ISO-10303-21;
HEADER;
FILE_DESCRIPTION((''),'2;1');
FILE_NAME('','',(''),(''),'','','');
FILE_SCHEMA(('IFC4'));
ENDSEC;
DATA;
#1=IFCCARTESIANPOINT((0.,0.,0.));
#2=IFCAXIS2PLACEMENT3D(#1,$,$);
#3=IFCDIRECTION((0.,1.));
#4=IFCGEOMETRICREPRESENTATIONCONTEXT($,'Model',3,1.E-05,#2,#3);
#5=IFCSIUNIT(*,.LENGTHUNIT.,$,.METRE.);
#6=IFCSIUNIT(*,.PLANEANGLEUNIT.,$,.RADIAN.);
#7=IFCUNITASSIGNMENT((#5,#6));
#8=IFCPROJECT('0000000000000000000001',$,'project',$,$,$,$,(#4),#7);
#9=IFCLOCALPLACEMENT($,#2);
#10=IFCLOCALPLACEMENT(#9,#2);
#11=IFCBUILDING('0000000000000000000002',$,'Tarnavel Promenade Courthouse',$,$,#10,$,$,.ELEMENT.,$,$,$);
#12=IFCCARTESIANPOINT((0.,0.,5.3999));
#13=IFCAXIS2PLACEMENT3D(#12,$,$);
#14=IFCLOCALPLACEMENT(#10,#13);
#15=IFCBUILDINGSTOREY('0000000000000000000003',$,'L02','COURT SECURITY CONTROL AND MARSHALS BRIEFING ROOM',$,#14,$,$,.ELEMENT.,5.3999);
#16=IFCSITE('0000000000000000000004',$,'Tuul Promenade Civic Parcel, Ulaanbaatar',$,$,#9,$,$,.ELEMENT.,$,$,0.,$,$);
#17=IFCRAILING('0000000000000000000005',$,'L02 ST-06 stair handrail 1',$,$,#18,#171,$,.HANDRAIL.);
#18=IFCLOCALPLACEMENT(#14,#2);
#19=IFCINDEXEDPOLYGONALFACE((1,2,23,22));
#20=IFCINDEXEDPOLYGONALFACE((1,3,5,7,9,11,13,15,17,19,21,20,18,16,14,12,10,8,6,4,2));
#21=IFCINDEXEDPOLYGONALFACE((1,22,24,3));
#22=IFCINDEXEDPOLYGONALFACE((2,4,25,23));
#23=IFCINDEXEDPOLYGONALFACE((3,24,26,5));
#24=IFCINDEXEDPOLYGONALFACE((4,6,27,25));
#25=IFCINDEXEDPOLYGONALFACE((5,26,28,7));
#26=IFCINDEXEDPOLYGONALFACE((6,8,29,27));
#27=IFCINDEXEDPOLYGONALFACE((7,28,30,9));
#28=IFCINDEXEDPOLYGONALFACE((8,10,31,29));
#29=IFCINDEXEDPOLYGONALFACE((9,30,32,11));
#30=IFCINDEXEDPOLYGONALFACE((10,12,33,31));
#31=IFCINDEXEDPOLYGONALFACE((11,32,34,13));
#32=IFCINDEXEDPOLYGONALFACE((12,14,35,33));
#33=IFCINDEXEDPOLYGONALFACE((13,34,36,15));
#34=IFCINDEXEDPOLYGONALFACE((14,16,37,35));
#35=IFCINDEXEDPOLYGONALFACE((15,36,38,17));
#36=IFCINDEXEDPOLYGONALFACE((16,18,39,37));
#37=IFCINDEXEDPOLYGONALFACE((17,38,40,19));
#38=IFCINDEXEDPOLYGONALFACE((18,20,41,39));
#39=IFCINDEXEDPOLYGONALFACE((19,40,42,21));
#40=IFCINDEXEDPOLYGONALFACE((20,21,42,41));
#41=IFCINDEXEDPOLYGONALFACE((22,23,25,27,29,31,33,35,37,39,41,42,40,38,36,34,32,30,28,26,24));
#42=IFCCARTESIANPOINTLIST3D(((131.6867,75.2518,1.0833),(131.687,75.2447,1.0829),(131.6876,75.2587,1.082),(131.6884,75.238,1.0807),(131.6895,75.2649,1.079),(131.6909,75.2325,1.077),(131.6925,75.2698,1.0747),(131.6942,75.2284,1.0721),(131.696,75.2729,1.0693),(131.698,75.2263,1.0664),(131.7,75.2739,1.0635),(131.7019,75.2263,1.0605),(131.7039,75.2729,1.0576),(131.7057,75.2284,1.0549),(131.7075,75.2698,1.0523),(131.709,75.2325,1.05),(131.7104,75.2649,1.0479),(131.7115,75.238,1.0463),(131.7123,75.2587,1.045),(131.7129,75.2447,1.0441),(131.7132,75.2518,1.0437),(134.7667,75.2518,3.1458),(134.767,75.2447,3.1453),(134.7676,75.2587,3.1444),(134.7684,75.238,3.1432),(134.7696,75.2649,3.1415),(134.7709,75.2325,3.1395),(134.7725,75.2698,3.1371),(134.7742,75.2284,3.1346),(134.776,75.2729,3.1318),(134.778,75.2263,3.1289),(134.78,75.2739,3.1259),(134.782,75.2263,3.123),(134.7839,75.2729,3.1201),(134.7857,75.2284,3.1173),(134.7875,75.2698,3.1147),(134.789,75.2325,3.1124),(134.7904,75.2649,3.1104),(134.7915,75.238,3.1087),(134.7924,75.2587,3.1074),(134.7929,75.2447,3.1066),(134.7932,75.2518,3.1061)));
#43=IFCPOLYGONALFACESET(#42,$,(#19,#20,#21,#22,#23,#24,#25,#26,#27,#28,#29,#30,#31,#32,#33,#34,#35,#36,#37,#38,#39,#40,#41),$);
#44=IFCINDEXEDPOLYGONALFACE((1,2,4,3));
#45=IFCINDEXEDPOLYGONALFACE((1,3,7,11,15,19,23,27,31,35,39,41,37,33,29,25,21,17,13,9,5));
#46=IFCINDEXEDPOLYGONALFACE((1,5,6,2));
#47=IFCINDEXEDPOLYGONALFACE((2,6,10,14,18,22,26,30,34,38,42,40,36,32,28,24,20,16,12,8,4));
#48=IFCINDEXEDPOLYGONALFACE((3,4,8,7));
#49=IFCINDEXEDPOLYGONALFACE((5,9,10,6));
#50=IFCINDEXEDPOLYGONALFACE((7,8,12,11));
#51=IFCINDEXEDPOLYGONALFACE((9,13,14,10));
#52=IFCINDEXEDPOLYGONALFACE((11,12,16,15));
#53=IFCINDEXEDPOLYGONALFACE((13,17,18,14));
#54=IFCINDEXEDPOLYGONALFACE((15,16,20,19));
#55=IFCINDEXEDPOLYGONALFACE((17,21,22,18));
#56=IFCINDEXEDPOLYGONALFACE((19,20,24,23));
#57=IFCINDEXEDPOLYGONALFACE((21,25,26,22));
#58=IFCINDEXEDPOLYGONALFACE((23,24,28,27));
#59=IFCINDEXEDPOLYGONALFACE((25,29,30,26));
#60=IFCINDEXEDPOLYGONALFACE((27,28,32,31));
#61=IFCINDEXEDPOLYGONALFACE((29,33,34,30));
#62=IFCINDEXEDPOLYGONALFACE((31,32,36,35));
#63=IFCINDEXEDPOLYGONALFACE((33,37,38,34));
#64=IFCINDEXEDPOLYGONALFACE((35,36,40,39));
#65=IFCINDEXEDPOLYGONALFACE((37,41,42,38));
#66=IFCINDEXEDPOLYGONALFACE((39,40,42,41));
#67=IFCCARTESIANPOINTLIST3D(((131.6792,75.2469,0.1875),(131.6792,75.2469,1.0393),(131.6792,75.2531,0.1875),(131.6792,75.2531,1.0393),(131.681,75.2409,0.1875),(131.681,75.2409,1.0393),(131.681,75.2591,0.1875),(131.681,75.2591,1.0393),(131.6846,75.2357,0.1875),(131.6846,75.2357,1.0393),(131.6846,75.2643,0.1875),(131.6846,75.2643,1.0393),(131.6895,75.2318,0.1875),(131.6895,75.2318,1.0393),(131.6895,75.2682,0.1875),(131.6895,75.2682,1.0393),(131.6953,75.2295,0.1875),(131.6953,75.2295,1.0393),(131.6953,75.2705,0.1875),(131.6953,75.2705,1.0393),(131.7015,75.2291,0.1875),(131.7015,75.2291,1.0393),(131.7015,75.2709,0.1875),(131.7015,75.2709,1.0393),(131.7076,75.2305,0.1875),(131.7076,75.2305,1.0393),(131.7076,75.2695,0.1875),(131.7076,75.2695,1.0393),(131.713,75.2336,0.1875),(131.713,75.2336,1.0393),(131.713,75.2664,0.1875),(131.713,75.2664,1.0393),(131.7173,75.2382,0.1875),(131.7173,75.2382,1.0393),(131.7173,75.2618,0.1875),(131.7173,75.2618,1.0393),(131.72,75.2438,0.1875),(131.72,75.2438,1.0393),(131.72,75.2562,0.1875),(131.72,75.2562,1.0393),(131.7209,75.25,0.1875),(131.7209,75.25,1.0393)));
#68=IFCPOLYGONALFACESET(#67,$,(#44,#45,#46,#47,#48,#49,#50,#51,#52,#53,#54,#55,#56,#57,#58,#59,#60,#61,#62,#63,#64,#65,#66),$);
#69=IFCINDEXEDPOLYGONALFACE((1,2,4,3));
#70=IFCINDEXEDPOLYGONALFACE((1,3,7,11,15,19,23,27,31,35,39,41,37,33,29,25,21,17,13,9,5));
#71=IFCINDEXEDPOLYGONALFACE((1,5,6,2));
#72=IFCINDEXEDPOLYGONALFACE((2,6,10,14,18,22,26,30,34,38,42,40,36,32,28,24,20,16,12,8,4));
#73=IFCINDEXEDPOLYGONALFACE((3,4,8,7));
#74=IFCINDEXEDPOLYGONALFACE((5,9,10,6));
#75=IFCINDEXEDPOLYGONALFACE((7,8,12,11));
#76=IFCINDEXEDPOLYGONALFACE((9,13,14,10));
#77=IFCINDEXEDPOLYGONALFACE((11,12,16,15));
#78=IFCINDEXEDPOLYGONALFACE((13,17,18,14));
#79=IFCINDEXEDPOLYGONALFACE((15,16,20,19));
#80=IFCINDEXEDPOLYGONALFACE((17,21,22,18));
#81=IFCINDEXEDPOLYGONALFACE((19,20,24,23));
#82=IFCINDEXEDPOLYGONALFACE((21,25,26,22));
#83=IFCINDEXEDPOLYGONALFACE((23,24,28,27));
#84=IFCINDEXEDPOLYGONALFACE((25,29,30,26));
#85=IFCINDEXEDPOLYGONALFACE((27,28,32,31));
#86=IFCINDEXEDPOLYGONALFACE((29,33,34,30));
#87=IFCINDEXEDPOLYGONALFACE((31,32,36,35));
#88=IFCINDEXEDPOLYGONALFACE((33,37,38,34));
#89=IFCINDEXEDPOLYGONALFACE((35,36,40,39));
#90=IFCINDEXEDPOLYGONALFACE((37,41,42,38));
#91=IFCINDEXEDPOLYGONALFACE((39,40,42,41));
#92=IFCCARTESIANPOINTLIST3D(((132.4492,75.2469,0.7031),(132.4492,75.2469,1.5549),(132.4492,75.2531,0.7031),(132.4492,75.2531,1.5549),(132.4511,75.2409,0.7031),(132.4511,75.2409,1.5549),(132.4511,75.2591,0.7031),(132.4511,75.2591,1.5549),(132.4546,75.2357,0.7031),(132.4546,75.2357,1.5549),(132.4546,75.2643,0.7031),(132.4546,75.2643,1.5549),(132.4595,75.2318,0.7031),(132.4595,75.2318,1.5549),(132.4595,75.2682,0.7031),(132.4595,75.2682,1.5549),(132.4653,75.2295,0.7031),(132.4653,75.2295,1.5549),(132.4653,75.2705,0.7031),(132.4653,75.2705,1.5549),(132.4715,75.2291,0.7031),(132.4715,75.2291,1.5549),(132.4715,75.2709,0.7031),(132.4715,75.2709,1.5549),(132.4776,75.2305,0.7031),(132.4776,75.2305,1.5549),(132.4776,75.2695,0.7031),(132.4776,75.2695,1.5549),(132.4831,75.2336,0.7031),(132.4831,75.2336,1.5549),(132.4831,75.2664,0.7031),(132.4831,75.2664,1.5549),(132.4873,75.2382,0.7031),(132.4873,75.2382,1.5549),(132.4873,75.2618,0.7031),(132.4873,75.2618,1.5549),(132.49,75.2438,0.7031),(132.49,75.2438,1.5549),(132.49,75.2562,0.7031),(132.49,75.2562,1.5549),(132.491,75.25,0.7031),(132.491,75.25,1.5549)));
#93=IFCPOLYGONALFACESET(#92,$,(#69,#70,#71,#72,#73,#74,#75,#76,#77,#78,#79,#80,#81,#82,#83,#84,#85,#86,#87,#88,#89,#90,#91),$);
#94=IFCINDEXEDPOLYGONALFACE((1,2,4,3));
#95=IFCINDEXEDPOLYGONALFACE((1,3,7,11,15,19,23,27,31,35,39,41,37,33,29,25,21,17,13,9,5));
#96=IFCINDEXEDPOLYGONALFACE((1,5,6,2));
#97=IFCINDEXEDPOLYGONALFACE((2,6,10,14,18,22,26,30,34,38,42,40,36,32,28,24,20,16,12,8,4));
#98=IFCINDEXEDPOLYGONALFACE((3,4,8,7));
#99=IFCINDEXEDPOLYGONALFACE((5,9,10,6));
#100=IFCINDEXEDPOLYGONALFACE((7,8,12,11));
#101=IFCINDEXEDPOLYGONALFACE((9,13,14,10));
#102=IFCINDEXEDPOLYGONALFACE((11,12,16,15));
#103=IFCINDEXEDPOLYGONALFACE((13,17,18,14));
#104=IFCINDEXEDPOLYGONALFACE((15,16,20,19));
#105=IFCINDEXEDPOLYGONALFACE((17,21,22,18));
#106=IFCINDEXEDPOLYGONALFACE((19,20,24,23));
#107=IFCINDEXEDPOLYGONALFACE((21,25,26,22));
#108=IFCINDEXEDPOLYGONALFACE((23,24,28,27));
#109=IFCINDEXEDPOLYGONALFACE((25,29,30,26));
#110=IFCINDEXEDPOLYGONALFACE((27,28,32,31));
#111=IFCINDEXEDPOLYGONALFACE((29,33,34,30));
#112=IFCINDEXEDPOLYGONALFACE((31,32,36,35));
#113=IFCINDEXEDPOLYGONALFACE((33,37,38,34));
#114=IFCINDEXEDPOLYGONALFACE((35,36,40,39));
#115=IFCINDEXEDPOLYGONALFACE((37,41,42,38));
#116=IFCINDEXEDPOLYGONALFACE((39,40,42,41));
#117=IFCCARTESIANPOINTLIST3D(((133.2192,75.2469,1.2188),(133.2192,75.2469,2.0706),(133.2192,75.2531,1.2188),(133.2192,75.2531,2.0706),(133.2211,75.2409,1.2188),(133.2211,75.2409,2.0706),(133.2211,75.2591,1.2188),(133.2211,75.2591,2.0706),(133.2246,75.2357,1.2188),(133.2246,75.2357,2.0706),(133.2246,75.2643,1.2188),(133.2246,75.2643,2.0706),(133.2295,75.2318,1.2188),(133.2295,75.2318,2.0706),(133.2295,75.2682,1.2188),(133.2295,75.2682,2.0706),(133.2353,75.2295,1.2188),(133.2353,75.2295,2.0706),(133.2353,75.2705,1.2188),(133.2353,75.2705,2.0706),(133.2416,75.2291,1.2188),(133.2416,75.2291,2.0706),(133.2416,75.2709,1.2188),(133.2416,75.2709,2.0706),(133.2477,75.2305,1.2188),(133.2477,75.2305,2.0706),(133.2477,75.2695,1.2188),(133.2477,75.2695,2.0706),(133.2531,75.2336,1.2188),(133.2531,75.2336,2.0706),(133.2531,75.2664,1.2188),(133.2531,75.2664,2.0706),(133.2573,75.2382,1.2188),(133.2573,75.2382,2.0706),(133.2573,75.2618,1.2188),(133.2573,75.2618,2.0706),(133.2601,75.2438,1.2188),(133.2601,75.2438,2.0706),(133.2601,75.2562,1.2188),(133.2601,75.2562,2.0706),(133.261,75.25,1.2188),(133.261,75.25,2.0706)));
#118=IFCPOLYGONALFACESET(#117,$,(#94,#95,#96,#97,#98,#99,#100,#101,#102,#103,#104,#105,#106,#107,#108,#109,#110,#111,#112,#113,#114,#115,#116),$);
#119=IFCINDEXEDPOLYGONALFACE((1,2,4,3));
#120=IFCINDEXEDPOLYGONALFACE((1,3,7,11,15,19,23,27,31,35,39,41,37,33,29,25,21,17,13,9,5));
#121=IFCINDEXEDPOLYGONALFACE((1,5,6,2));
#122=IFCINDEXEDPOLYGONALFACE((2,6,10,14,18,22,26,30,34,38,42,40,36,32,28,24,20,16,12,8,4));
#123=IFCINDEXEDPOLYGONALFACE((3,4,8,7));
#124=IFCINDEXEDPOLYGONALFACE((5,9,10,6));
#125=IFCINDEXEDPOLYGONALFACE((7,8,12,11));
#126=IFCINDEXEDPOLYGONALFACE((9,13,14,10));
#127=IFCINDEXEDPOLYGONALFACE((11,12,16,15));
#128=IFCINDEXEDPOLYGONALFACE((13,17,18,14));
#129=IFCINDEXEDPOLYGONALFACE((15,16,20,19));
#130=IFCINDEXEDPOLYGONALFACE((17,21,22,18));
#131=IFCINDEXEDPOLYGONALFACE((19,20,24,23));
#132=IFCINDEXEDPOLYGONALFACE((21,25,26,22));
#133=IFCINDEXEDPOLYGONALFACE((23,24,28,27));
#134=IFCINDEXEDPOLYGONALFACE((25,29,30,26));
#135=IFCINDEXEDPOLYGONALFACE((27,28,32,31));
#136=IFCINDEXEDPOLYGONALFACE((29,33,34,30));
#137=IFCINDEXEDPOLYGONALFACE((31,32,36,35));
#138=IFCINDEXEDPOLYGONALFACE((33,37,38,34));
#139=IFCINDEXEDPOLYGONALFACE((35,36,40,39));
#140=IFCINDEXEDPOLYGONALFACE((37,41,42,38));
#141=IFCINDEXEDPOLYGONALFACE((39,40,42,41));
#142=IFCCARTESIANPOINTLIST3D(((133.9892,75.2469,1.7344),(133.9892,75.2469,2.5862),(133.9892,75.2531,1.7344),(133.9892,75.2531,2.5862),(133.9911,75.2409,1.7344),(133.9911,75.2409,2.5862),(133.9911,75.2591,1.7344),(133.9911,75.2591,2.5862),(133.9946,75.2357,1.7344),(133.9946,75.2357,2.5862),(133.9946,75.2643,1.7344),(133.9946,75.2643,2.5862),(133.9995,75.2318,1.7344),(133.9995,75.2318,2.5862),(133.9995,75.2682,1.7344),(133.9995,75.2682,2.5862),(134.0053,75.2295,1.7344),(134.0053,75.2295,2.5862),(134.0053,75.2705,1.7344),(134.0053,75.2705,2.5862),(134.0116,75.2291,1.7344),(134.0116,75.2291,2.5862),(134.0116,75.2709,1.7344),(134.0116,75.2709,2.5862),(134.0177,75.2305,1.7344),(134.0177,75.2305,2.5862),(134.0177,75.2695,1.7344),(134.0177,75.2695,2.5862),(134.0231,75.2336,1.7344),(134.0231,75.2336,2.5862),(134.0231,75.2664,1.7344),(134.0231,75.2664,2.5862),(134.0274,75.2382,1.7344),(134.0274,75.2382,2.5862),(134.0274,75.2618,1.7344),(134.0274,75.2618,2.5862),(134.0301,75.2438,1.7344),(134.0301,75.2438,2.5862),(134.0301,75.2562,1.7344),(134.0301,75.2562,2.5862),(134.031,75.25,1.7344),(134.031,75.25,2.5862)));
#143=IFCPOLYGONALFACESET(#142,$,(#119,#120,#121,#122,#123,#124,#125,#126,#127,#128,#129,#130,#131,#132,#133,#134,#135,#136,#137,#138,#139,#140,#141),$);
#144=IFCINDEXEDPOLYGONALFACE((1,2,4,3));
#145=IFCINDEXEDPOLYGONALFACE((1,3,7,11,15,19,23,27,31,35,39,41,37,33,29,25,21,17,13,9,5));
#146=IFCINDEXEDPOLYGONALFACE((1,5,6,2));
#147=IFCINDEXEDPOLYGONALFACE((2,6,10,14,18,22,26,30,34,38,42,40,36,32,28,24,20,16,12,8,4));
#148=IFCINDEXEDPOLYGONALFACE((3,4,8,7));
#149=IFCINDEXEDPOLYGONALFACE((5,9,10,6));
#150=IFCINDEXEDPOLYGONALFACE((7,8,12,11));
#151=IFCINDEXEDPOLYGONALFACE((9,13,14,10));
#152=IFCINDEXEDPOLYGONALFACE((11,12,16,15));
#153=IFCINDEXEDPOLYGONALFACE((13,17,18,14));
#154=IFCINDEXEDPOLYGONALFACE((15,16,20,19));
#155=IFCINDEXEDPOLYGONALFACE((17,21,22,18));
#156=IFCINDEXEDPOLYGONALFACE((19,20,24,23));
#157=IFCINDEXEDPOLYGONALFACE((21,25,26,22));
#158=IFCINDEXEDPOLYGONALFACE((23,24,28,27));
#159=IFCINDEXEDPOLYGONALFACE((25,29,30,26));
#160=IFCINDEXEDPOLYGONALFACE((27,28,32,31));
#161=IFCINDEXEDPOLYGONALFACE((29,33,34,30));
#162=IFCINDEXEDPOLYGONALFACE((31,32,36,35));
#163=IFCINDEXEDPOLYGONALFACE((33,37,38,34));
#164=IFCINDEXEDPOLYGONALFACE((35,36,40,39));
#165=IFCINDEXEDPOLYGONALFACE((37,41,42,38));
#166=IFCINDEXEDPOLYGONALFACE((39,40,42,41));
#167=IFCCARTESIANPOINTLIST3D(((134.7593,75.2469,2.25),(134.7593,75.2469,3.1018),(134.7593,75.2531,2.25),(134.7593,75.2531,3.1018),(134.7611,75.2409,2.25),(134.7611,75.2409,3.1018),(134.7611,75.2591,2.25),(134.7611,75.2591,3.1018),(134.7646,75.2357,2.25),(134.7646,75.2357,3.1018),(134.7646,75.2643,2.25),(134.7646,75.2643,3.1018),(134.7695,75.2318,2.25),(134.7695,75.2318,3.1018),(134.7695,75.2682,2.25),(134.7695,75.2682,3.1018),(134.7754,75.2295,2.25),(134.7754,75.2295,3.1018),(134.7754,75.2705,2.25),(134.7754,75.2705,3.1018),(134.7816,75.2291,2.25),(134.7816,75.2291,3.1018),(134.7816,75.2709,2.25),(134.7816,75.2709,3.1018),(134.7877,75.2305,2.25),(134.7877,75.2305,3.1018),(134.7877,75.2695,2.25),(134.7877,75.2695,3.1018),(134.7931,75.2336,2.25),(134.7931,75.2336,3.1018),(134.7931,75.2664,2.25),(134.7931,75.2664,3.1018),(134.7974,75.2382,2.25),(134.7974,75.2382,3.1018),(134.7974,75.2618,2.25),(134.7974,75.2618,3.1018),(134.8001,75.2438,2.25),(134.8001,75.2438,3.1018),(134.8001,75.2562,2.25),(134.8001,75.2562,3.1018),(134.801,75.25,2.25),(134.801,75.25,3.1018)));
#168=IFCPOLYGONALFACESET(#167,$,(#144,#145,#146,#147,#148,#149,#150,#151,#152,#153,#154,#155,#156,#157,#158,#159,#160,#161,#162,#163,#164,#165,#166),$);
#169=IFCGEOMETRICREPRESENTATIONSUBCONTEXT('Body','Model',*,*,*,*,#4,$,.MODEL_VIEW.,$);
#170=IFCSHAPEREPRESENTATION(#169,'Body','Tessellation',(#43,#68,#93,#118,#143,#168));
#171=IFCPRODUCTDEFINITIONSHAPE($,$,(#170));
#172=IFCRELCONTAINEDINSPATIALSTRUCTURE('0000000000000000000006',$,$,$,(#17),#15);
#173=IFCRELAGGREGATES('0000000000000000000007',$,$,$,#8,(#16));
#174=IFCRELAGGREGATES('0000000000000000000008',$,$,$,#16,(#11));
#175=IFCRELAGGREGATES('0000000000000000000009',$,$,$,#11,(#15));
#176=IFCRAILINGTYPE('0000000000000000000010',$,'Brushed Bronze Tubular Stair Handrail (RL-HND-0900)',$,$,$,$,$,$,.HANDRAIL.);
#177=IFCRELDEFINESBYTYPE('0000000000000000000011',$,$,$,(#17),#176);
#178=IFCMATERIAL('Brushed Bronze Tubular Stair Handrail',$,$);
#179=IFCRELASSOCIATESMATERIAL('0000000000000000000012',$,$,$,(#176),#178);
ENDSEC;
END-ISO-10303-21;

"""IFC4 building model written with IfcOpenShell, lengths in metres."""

from ifc_helpers import new_model, si_unit, direction, frame, origin, origin_2d, place, context, subcontext, project, spatial, circle, extrude, material, type_object, element, save


model = new_model("IFC4")

# Units and contexts
model_context = context("Model", 3, precision=1e-05, world=origin(), true_north=direction((0.0, 1.0)))
body_context = subcontext(model_context, "Body", "Model", "MODEL_VIEW")
ifc_project = project(units=[si_unit("LENGTHUNIT", "METRE"), si_unit("PLANEANGLEUNIT", "RADIAN")], contexts=[model_context])

# Site, building, storey
site_placement = place(None, origin())
site = spatial("IfcSite", under=ifc_project, at=site_placement, Name="Tuul Promenade Civic Parcel, Ulaanbaatar", CompositionType="ELEMENT", RefElevation=0.0)
building_placement = place(site_placement, origin())
building = spatial("IfcBuilding", under=site, at=building_placement, Name="Tarnavel Promenade Courthouse", CompositionType="ELEMENT")
storey_placement = place(building_placement, frame((0.0, 0.0, 5.3999)))
storey = spatial("IfcBuildingStorey", under=building, at=storey_placement, Name="L02", Description="COURT SECURITY CONTROL AND MARSHALS BRIEFING ROOM", CompositionType="ELEMENT", Elevation=5.3999)

# Railing
ifc_material_1 = material(Name="Brushed Bronze Tubular Stair Handrail")
railing_type_1 = type_object("IfcRailingType", Name="Brushed Bronze Tubular Stair Handrail (RL-HND-0900)", PredefinedType="HANDRAIL", material=ifc_material_1)
railing_1_placement = place(storey_placement, frame((131.7, 75.25, 0.1875)))
element("IfcRailing", 1, at=railing_1_placement, inside=storey, type_object=railing_type_1, Name="L02 ST-06 stair handrail 1", PredefinedType="HANDRAIL", context=body_context, shape_type="SweptSolid", body=[
    extrude(circle(Radius=0.0239, at=origin_2d()), frame((0.0, 0.0, 0.876), z_axis=(0.830914, 0.0, 0.556401), x_axis=(0.0, 1.0, 0.0)), (0.0, 0.0, 1.0), 3.7068),
    extrude(circle(Radius=0.021, at=origin_2d()), origin(), (0.0, 0.0, 1.0), 0.8518),
    extrude(circle(Radius=0.021, at=origin_2d()), frame((0.77, 0.0, 0.5156)), (0.0, 0.0, 1.0), 0.8518),
    extrude(circle(Radius=0.021, at=origin_2d()), frame((1.54, 0.0, 1.0312)), (0.0, 0.0, 1.0), 0.8518),
    extrude(circle(Radius=0.021, at=origin_2d()), frame((2.3101, 0.0, 1.5469)), (0.0, 0.0, 1.0), 0.8518),
    extrude(circle(Radius=0.021, at=origin_2d()), frame((3.0801, 0.0, 2.0625)), (0.0, 0.0, 1.0), 0.8518),
])

save(model, "model.ifc")
